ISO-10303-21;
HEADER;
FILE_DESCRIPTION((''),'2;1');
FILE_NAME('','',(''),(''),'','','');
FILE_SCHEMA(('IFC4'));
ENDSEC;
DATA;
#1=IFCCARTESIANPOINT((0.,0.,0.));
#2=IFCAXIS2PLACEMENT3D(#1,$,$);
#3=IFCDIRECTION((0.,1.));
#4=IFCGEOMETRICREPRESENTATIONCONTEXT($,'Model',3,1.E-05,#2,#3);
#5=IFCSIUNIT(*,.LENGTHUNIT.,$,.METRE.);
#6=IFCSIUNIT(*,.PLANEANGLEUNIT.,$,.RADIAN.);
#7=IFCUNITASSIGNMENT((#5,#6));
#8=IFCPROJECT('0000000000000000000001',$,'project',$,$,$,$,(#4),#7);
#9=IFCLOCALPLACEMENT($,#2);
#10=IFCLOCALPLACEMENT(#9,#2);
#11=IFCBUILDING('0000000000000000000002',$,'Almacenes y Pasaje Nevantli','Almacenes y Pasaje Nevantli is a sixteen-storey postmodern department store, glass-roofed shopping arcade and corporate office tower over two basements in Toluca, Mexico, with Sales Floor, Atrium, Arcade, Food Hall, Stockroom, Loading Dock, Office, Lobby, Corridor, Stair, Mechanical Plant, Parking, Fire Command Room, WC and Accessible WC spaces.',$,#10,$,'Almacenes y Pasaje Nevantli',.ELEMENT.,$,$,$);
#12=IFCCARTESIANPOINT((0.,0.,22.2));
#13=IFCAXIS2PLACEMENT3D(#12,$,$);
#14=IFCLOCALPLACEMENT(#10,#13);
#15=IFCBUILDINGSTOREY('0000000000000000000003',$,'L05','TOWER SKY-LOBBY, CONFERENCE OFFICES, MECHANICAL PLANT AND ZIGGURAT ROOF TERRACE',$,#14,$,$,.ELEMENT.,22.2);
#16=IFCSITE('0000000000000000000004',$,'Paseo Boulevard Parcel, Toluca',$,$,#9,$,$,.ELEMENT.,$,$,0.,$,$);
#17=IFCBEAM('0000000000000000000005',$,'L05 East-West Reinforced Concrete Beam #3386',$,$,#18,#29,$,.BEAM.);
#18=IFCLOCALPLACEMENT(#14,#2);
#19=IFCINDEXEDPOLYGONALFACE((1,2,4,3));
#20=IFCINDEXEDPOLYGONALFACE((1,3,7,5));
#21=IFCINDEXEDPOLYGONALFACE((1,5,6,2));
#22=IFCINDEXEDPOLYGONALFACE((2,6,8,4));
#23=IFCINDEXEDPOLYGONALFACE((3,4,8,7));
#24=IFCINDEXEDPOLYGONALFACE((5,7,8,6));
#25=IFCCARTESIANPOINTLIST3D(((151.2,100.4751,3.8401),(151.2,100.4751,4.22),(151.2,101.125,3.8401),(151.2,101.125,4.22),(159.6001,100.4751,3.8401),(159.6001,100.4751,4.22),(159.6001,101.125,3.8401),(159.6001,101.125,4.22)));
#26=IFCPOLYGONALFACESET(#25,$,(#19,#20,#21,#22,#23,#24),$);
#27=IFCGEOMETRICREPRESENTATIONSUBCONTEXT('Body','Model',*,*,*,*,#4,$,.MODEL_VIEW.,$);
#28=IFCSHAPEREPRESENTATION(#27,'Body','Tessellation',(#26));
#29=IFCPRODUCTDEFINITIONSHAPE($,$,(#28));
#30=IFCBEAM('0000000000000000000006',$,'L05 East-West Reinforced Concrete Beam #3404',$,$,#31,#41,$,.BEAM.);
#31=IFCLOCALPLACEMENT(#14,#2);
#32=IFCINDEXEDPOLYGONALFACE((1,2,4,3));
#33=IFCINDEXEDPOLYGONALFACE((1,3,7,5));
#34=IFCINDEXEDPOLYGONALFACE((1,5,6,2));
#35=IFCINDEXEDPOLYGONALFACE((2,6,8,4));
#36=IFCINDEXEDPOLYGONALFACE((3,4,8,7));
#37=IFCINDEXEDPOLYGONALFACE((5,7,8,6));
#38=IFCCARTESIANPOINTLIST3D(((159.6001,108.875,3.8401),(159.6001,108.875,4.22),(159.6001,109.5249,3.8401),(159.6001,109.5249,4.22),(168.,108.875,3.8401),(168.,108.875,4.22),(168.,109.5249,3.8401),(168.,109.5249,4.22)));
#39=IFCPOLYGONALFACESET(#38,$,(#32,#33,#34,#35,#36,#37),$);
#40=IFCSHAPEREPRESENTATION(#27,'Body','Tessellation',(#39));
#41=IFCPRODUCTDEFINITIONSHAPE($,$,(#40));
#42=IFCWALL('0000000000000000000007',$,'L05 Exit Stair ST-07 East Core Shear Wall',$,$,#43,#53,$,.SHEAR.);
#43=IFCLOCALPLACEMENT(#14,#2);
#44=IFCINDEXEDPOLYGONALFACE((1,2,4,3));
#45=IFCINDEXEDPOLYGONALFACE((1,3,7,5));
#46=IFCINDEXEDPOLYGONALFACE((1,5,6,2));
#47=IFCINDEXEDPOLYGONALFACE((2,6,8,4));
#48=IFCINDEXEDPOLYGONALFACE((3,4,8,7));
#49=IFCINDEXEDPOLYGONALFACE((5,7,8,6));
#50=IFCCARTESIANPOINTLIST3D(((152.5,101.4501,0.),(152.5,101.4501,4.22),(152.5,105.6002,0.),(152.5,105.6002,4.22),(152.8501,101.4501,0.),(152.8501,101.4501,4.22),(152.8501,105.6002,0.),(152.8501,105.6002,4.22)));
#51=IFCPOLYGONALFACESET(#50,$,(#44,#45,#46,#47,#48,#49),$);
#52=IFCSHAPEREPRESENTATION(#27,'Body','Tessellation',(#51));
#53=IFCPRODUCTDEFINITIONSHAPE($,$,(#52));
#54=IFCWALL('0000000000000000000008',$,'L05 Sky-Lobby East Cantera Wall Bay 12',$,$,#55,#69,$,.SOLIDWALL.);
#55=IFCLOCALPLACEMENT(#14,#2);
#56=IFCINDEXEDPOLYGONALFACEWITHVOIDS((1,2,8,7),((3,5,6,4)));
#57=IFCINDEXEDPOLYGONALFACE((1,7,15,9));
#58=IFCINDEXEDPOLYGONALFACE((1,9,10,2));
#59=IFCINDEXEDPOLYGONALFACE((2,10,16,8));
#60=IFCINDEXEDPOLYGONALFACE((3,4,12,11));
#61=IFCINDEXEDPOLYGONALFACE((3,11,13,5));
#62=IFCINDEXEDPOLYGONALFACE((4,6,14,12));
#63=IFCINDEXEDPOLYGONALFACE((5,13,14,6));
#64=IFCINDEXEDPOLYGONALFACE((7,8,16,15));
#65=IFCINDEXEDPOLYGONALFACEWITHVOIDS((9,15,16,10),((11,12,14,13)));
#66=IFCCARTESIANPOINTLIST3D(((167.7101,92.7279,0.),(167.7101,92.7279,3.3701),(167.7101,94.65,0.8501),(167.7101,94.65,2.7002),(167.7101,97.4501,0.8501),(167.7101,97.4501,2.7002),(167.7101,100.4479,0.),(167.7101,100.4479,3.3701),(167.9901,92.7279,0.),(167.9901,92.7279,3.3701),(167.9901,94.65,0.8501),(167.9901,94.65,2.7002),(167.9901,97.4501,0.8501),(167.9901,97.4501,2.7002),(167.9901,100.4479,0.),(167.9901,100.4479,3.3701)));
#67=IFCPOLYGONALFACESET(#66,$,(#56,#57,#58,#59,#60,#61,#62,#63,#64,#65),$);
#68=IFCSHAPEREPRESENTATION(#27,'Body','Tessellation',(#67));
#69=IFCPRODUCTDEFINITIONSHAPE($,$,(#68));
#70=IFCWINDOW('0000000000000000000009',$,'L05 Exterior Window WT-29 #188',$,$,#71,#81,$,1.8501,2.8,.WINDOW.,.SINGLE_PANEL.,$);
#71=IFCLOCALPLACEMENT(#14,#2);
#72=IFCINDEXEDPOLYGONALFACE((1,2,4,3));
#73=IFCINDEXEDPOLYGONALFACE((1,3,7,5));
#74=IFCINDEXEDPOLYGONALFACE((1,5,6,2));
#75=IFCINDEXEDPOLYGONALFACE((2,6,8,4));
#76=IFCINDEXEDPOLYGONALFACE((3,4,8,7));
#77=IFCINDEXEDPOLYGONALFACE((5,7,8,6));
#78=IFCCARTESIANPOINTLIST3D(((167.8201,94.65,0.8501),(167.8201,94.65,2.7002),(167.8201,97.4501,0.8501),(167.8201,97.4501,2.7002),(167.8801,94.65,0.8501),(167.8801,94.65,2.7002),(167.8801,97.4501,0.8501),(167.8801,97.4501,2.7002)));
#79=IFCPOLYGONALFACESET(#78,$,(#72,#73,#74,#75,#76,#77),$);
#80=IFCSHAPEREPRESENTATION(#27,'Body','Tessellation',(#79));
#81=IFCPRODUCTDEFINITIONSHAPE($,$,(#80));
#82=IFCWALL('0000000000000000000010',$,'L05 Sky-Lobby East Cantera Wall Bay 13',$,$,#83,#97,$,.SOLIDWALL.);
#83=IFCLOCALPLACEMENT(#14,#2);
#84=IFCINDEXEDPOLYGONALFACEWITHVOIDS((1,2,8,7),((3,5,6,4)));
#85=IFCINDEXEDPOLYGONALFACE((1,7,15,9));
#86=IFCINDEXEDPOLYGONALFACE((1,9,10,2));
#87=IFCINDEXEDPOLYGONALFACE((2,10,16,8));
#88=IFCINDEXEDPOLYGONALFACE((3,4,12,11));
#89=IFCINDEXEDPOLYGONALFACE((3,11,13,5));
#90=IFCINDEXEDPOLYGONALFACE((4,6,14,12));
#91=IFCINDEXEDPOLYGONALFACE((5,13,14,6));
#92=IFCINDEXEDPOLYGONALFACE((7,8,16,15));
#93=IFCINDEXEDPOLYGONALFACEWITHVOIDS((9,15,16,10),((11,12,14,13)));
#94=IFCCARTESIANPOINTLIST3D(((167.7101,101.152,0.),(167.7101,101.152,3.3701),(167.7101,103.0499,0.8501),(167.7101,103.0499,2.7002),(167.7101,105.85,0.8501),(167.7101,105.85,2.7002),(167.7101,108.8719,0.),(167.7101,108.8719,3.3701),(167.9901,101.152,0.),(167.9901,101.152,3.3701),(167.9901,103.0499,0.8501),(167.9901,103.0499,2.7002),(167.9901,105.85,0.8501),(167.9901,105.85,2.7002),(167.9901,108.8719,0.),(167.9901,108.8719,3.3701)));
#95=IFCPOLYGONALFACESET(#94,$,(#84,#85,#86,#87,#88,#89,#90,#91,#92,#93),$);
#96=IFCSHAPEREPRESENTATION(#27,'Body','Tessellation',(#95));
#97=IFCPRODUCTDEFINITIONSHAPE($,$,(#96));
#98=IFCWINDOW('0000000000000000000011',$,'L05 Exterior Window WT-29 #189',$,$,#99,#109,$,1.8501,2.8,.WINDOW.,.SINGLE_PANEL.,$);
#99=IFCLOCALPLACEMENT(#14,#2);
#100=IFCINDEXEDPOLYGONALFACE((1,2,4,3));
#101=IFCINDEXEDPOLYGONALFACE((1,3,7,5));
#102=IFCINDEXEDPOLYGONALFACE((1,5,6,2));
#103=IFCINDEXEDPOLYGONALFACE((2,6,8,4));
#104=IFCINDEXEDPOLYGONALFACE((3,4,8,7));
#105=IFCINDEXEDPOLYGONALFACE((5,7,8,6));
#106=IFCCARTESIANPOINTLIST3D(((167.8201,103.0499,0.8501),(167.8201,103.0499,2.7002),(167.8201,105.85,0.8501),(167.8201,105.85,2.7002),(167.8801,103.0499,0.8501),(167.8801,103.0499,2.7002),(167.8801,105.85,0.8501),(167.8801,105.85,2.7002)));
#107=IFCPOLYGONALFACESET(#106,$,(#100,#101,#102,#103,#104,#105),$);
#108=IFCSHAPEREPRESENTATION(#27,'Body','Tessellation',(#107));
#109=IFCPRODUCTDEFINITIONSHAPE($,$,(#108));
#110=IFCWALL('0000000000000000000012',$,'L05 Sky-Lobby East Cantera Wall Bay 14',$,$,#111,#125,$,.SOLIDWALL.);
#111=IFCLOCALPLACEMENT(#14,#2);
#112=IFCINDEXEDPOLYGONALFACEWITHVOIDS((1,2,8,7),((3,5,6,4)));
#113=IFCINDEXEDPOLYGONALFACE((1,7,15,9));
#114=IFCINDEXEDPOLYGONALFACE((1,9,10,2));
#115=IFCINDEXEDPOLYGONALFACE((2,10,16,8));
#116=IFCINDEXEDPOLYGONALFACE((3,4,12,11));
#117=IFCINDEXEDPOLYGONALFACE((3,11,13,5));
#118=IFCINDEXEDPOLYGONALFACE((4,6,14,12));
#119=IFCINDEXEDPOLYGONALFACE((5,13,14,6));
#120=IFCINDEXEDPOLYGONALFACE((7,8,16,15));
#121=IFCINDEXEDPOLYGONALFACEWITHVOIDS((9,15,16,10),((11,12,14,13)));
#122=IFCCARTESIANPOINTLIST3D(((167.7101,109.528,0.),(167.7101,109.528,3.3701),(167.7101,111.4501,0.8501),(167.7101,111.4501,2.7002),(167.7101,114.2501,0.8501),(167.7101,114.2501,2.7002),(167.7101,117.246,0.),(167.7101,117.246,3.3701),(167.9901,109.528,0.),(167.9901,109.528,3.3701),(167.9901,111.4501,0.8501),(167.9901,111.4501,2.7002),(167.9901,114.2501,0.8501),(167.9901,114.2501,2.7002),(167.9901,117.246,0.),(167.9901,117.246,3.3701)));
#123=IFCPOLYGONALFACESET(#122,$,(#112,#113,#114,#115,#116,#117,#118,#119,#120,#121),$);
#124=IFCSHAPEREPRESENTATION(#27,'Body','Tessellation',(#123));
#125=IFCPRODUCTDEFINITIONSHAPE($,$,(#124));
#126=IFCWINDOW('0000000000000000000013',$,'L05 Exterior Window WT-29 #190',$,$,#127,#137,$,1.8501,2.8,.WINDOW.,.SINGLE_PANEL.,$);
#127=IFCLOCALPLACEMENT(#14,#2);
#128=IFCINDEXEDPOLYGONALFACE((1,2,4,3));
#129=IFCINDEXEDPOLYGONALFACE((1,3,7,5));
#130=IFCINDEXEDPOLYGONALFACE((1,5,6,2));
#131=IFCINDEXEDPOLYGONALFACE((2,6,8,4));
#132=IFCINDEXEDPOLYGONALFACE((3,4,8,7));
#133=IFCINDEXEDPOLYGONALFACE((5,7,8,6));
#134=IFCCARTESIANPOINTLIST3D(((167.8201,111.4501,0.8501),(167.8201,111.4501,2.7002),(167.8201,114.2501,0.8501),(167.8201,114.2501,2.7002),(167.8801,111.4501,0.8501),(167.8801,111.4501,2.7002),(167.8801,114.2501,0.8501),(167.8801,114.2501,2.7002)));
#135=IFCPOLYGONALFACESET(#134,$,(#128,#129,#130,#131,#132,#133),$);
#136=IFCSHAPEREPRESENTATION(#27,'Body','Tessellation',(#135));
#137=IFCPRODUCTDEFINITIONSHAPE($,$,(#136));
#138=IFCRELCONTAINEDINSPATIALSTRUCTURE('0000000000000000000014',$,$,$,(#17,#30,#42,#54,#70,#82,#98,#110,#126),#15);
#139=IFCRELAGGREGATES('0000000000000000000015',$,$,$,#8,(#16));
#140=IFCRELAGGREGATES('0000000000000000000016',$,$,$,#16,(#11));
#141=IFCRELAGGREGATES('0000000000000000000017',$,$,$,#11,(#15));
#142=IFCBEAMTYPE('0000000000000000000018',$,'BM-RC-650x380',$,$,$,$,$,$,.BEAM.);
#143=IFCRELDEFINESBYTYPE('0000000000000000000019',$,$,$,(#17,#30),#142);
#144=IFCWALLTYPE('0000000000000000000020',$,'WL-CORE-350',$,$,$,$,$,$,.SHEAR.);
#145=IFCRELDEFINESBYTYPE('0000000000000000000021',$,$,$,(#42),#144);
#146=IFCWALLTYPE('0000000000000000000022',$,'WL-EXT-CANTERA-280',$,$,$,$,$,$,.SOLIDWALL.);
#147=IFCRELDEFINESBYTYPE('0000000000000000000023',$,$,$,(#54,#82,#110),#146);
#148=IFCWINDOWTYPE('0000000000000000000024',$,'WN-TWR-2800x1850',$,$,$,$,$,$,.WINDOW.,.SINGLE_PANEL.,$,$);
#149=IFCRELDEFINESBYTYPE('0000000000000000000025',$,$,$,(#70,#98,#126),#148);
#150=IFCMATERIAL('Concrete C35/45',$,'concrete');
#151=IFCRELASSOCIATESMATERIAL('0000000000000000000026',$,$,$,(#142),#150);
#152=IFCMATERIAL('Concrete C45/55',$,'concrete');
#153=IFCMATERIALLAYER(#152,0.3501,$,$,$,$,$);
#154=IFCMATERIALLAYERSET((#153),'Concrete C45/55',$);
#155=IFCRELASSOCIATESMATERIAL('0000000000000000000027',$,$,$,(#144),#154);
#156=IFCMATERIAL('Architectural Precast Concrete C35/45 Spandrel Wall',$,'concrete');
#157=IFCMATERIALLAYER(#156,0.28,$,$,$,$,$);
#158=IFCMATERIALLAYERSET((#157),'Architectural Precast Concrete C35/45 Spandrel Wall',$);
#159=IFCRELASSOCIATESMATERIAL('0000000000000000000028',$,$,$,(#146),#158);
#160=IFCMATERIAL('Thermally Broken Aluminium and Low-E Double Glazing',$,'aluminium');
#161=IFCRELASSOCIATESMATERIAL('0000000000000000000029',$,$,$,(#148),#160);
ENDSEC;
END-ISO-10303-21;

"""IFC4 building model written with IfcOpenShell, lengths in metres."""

from ifc_helpers import new_model, si_unit, direction, frame, frame_2d, origin, origin_2d, place, context, subcontext, project, spatial, rectangle, extrude, material, layer, layer_set, material_profile, profile_set, type_object, element, fill, save


model = new_model("IFC4")

# Units and contexts
model_context = context("Model", 3, precision=1e-05, world=origin(), true_north=direction((0.0, 1.0)))
body_context = subcontext(model_context, "Body", "Model", "MODEL_VIEW")
ifc_project = project(units=[si_unit("LENGTHUNIT", "METRE"), si_unit("PLANEANGLEUNIT", "RADIAN")], contexts=[model_context])

# Site, building, storey
site_placement = place(None, origin())
site = spatial("IfcSite", under=ifc_project, at=site_placement, Name="Paseo Boulevard Parcel, Toluca", CompositionType="ELEMENT", RefElevation=0.0)
building_placement = place(site_placement, origin())
building = spatial("IfcBuilding", under=site, at=building_placement, Name="Almacenes y Pasaje Nevantli", Description="Almacenes y Pasaje Nevantli is a sixteen-storey postmodern department store, glass-roofed shopping arcade and corporate office tower over two basements in Toluca, Mexico, with Sales Floor, Atrium, Arcade, Food Hall, Stockroom, Loading Dock, Office, Lobby, Corridor, Stair, Mechanical Plant, Parking, Fire Command Room, WC and Accessible WC spaces.", LongName="Almacenes y Pasaje Nevantli", CompositionType="ELEMENT")
storey_placement = place(building_placement, frame((0.0, 0.0, 22.2)))
storey = spatial("IfcBuildingStorey", under=building, at=storey_placement, Name="L05", Description="TOWER SKY-LOBBY, CONFERENCE OFFICES, MECHANICAL PLANT AND ZIGGURAT ROOF TERRACE", CompositionType="ELEMENT", Elevation=22.2)

# Beams
ifc_material_1 = material(Name="Concrete C35/45", Category="concrete")
ifc_material_profile_1 = material_profile(ifc_material_1, rectangle(XDim=0.6499, YDim=0.3799, at=origin_2d()), Name="RC-BM-650x380")
ifc_profile_set_1 = profile_set([ifc_material_profile_1], Name="Concrete C35/45")
beam_type_1 = type_object("IfcBeamType", Name="BM-RC-650x380", PredefinedType="BEAM", material=ifc_profile_set_1)
beam_1_placement = place(storey_placement, frame((151.2, 100.8, 4.03), z_axis=(1.0, 0.0, 0.0), x_axis=(0.0, 1.0, 0.0)))
element("IfcBeam", 1, at=beam_1_placement, inside=storey, type_object=beam_type_1, Name="L05 East-West Reinforced Concrete Beam #3386", PredefinedType="BEAM", context=body_context, shape_type="SweptSolid", body=[
    extrude(rectangle(XDim=0.6499, YDim=0.3799, at=origin_2d()), origin(), (0.0, 0.0, 1.0), 8.4001),
])
beam_2_placement = place(storey_placement, frame((159.6001, 109.2, 4.03), z_axis=(1.0, 0.0, 0.0), x_axis=(0.0, 1.0, 0.0)))
element("IfcBeam", 2, at=beam_2_placement, inside=storey, type_object=beam_type_1, Name="L05 East-West Reinforced Concrete Beam #3404", PredefinedType="BEAM", context=body_context, shape_type="SweptSolid", body=[
    extrude(rectangle(XDim=0.6499, YDim=0.3799, at=origin_2d()), origin(), (0.0, 0.0, 1.0), 8.3999),
])

# Wall
ifc_material_2 = material(Name="Concrete C45/55", Category="concrete")
ifc_layer_1 = layer(ifc_material_2, 0.3501)
ifc_layer_set_1 = layer_set([ifc_layer_1], Name="Concrete C45/55")
wall_type_1 = type_object("IfcWallType", Name="WL-CORE-350", PredefinedType="SHEAR", material=ifc_layer_set_1)
wall_1_placement = place(storey_placement, frame((152.675, 101.45, 0.0), z_axis=(0.0, 0.0, 1.0), x_axis=(0.0, 1.0, 0.0)))
element("IfcWall", 3, at=wall_1_placement, inside=storey, type_object=wall_type_1, Name="L05 Exit Stair ST-07 East Core Shear Wall", PredefinedType="SHEAR", context=body_context, shape_type="SweptSolid", body=[
    extrude(rectangle(XDim=4.1501, YDim=0.3501, at=frame_2d((2.0752, 0.0))), origin(), (0.0, 0.0, 1.0), 4.22),
])

# Walls, openings, windows
ifc_material_3 = material(Name="Architectural Precast Concrete C35/45 Spandrel Wall", Category="concrete")
ifc_layer_2 = layer(ifc_material_3, 0.28)
ifc_layer_set_2 = layer_set([ifc_layer_2], Name="Architectural Precast Concrete C35/45 Spandrel Wall")
wall_type_2 = type_object("IfcWallType", Name="WL-EXT-CANTERA-280", PredefinedType="SOLIDWALL", material=ifc_layer_set_2)
wall_2_placement = place(storey_placement, frame((167.8501, 92.728, 0.0), z_axis=(0.0, 0.0, 1.0), x_axis=(0.0, 1.0, 0.0)))
wall_2 = element("IfcWall", 4, at=wall_2_placement, inside=storey, type_object=wall_type_2, Name="L05 Sky-Lobby East Cantera Wall Bay 12", PredefinedType="SOLIDWALL", context=body_context, shape_type="SweptSolid", body=[
    extrude(rectangle(XDim=7.72, YDim=0.28, at=frame_2d((3.8599, 0.0))), origin(), (0.0, 0.0, 1.0), 3.3701),
])
opening_1_placement = place(wall_2_placement, frame((1.9221, 0.0, 0.8501)))
opening_1 = element("IfcOpeningElement", 5, at=opening_1_placement, cuts=wall_2, PredefinedType="OPENING", context=body_context, shape_type="SweptSolid", body=[
    extrude(rectangle(XDim=2.8, YDim=1.8501, at=frame_2d((1.3999, 0.925))), frame((0.0, 0.1499, 0.0), z_axis=(0.0, -1.0, 0.0), x_axis=(1.0, 0.0, 0.0)), (0.0, 0.0, 1.0), 0.3),
])
ifc_material_4 = material(Name="Thermally Broken Aluminium and Low-E Double Glazing", Category="aluminium")
window_type = type_object("IfcWindowType", Name="WN-TWR-2800x1850", PartitioningType="SINGLE_PANEL", PredefinedType="WINDOW", material=ifc_material_4)
window_1_placement = place(opening_1_placement, origin())
window_1 = element("IfcWindow", 6, at=window_1_placement, inside=storey, type_object=window_type, Name="L05 Exterior Window WT-29 #188", OverallHeight=1.8501, OverallWidth=2.8, PartitioningType="SINGLE_PANEL", PredefinedType="WINDOW", context=body_context, shape_type="SweptSolid", body=[
    extrude(rectangle(XDim=2.8, YDim=1.8501, at=frame_2d((1.3999, 0.925))), frame((0.0, 0.03, 0.0), z_axis=(0.0, -1.0, 0.0), x_axis=(1.0, 0.0, 0.0)), (0.0, 0.0, 1.0), 0.0601),
])
fill(opening_1, window_1)
wall_3_placement = place(storey_placement, frame((167.8501, 101.1521, 0.0), z_axis=(0.0, 0.0, 1.0), x_axis=(0.0, 1.0, 0.0)))
wall_3 = element("IfcWall", 7, at=wall_3_placement, inside=storey, type_object=wall_type_2, Name="L05 Sky-Lobby East Cantera Wall Bay 13", PredefinedType="SOLIDWALL", context=body_context, shape_type="SweptSolid", body=[
    extrude(rectangle(XDim=7.72, YDim=0.28, at=frame_2d((3.8599, 0.0))), origin(), (0.0, 0.0, 1.0), 3.3701),
])
opening_2_placement = place(wall_3_placement, frame((1.8979, 0.0, 0.8501)))
opening_2 = element("IfcOpeningElement", 8, at=opening_2_placement, cuts=wall_3, PredefinedType="OPENING", context=body_context, shape_type="SweptSolid", body=[
    extrude(rectangle(XDim=2.8, YDim=1.8501, at=frame_2d((1.3999, 0.925))), frame((0.0, 0.1499, 0.0), z_axis=(0.0, -1.0, 0.0), x_axis=(1.0, 0.0, 0.0)), (0.0, 0.0, 1.0), 0.3),
])
window_2_placement = place(opening_2_placement, origin())
window_2 = element("IfcWindow", 9, at=window_2_placement, inside=storey, type_object=window_type, Name="L05 Exterior Window WT-29 #189", OverallHeight=1.8501, OverallWidth=2.8, PartitioningType="SINGLE_PANEL", PredefinedType="WINDOW", context=body_context, shape_type="SweptSolid", body=[
    extrude(rectangle(XDim=2.8, YDim=1.8501, at=frame_2d((1.3999, 0.925))), frame((0.0, 0.03, 0.0), z_axis=(0.0, -1.0, 0.0), x_axis=(1.0, 0.0, 0.0)), (0.0, 0.0, 1.0), 0.0601),
])
fill(opening_2, window_2)
wall_4_placement = place(storey_placement, frame((167.8501, 109.5281, 0.0), z_axis=(0.0, 0.0, 1.0), x_axis=(0.0, 1.0, 0.0)))
wall_4 = element("IfcWall", 10, at=wall_4_placement, inside=storey, type_object=wall_type_2, Name="L05 Sky-Lobby East Cantera Wall Bay 14", PredefinedType="SOLIDWALL", context=body_context, shape_type="SweptSolid", body=[
    extrude(rectangle(XDim=7.718, YDim=0.28, at=frame_2d((3.8589, 0.0))), origin(), (0.0, 0.0, 1.0), 3.3701),
])
opening_3_placement = place(wall_4_placement, frame((1.9221, 0.0, 0.8501)))
opening_3 = element("IfcOpeningElement", 11, at=opening_3_placement, cuts=wall_4, PredefinedType="OPENING", context=body_context, shape_type="SweptSolid", body=[
    extrude(rectangle(XDim=2.8, YDim=1.8501, at=frame_2d((1.3999, 0.925))), frame((0.0, 0.1499, 0.0), z_axis=(0.0, -1.0, 0.0), x_axis=(1.0, 0.0, 0.0)), (0.0, 0.0, 1.0), 0.3),
])
window_3_placement = place(opening_3_placement, origin())
window_3 = element("IfcWindow", 12, at=window_3_placement, inside=storey, type_object=window_type, Name="L05 Exterior Window WT-29 #190", OverallHeight=1.8501, OverallWidth=2.8, PartitioningType="SINGLE_PANEL", PredefinedType="WINDOW", context=body_context, shape_type="SweptSolid", body=[
    extrude(rectangle(XDim=2.8, YDim=1.8501, at=frame_2d((1.3999, 0.925))), frame((0.0, 0.03, 0.0), z_axis=(0.0, -1.0, 0.0), x_axis=(1.0, 0.0, 0.0)), (0.0, 0.0, 1.0), 0.0601),
])
fill(opening_3, window_3)

save(model, "model.ifc")
